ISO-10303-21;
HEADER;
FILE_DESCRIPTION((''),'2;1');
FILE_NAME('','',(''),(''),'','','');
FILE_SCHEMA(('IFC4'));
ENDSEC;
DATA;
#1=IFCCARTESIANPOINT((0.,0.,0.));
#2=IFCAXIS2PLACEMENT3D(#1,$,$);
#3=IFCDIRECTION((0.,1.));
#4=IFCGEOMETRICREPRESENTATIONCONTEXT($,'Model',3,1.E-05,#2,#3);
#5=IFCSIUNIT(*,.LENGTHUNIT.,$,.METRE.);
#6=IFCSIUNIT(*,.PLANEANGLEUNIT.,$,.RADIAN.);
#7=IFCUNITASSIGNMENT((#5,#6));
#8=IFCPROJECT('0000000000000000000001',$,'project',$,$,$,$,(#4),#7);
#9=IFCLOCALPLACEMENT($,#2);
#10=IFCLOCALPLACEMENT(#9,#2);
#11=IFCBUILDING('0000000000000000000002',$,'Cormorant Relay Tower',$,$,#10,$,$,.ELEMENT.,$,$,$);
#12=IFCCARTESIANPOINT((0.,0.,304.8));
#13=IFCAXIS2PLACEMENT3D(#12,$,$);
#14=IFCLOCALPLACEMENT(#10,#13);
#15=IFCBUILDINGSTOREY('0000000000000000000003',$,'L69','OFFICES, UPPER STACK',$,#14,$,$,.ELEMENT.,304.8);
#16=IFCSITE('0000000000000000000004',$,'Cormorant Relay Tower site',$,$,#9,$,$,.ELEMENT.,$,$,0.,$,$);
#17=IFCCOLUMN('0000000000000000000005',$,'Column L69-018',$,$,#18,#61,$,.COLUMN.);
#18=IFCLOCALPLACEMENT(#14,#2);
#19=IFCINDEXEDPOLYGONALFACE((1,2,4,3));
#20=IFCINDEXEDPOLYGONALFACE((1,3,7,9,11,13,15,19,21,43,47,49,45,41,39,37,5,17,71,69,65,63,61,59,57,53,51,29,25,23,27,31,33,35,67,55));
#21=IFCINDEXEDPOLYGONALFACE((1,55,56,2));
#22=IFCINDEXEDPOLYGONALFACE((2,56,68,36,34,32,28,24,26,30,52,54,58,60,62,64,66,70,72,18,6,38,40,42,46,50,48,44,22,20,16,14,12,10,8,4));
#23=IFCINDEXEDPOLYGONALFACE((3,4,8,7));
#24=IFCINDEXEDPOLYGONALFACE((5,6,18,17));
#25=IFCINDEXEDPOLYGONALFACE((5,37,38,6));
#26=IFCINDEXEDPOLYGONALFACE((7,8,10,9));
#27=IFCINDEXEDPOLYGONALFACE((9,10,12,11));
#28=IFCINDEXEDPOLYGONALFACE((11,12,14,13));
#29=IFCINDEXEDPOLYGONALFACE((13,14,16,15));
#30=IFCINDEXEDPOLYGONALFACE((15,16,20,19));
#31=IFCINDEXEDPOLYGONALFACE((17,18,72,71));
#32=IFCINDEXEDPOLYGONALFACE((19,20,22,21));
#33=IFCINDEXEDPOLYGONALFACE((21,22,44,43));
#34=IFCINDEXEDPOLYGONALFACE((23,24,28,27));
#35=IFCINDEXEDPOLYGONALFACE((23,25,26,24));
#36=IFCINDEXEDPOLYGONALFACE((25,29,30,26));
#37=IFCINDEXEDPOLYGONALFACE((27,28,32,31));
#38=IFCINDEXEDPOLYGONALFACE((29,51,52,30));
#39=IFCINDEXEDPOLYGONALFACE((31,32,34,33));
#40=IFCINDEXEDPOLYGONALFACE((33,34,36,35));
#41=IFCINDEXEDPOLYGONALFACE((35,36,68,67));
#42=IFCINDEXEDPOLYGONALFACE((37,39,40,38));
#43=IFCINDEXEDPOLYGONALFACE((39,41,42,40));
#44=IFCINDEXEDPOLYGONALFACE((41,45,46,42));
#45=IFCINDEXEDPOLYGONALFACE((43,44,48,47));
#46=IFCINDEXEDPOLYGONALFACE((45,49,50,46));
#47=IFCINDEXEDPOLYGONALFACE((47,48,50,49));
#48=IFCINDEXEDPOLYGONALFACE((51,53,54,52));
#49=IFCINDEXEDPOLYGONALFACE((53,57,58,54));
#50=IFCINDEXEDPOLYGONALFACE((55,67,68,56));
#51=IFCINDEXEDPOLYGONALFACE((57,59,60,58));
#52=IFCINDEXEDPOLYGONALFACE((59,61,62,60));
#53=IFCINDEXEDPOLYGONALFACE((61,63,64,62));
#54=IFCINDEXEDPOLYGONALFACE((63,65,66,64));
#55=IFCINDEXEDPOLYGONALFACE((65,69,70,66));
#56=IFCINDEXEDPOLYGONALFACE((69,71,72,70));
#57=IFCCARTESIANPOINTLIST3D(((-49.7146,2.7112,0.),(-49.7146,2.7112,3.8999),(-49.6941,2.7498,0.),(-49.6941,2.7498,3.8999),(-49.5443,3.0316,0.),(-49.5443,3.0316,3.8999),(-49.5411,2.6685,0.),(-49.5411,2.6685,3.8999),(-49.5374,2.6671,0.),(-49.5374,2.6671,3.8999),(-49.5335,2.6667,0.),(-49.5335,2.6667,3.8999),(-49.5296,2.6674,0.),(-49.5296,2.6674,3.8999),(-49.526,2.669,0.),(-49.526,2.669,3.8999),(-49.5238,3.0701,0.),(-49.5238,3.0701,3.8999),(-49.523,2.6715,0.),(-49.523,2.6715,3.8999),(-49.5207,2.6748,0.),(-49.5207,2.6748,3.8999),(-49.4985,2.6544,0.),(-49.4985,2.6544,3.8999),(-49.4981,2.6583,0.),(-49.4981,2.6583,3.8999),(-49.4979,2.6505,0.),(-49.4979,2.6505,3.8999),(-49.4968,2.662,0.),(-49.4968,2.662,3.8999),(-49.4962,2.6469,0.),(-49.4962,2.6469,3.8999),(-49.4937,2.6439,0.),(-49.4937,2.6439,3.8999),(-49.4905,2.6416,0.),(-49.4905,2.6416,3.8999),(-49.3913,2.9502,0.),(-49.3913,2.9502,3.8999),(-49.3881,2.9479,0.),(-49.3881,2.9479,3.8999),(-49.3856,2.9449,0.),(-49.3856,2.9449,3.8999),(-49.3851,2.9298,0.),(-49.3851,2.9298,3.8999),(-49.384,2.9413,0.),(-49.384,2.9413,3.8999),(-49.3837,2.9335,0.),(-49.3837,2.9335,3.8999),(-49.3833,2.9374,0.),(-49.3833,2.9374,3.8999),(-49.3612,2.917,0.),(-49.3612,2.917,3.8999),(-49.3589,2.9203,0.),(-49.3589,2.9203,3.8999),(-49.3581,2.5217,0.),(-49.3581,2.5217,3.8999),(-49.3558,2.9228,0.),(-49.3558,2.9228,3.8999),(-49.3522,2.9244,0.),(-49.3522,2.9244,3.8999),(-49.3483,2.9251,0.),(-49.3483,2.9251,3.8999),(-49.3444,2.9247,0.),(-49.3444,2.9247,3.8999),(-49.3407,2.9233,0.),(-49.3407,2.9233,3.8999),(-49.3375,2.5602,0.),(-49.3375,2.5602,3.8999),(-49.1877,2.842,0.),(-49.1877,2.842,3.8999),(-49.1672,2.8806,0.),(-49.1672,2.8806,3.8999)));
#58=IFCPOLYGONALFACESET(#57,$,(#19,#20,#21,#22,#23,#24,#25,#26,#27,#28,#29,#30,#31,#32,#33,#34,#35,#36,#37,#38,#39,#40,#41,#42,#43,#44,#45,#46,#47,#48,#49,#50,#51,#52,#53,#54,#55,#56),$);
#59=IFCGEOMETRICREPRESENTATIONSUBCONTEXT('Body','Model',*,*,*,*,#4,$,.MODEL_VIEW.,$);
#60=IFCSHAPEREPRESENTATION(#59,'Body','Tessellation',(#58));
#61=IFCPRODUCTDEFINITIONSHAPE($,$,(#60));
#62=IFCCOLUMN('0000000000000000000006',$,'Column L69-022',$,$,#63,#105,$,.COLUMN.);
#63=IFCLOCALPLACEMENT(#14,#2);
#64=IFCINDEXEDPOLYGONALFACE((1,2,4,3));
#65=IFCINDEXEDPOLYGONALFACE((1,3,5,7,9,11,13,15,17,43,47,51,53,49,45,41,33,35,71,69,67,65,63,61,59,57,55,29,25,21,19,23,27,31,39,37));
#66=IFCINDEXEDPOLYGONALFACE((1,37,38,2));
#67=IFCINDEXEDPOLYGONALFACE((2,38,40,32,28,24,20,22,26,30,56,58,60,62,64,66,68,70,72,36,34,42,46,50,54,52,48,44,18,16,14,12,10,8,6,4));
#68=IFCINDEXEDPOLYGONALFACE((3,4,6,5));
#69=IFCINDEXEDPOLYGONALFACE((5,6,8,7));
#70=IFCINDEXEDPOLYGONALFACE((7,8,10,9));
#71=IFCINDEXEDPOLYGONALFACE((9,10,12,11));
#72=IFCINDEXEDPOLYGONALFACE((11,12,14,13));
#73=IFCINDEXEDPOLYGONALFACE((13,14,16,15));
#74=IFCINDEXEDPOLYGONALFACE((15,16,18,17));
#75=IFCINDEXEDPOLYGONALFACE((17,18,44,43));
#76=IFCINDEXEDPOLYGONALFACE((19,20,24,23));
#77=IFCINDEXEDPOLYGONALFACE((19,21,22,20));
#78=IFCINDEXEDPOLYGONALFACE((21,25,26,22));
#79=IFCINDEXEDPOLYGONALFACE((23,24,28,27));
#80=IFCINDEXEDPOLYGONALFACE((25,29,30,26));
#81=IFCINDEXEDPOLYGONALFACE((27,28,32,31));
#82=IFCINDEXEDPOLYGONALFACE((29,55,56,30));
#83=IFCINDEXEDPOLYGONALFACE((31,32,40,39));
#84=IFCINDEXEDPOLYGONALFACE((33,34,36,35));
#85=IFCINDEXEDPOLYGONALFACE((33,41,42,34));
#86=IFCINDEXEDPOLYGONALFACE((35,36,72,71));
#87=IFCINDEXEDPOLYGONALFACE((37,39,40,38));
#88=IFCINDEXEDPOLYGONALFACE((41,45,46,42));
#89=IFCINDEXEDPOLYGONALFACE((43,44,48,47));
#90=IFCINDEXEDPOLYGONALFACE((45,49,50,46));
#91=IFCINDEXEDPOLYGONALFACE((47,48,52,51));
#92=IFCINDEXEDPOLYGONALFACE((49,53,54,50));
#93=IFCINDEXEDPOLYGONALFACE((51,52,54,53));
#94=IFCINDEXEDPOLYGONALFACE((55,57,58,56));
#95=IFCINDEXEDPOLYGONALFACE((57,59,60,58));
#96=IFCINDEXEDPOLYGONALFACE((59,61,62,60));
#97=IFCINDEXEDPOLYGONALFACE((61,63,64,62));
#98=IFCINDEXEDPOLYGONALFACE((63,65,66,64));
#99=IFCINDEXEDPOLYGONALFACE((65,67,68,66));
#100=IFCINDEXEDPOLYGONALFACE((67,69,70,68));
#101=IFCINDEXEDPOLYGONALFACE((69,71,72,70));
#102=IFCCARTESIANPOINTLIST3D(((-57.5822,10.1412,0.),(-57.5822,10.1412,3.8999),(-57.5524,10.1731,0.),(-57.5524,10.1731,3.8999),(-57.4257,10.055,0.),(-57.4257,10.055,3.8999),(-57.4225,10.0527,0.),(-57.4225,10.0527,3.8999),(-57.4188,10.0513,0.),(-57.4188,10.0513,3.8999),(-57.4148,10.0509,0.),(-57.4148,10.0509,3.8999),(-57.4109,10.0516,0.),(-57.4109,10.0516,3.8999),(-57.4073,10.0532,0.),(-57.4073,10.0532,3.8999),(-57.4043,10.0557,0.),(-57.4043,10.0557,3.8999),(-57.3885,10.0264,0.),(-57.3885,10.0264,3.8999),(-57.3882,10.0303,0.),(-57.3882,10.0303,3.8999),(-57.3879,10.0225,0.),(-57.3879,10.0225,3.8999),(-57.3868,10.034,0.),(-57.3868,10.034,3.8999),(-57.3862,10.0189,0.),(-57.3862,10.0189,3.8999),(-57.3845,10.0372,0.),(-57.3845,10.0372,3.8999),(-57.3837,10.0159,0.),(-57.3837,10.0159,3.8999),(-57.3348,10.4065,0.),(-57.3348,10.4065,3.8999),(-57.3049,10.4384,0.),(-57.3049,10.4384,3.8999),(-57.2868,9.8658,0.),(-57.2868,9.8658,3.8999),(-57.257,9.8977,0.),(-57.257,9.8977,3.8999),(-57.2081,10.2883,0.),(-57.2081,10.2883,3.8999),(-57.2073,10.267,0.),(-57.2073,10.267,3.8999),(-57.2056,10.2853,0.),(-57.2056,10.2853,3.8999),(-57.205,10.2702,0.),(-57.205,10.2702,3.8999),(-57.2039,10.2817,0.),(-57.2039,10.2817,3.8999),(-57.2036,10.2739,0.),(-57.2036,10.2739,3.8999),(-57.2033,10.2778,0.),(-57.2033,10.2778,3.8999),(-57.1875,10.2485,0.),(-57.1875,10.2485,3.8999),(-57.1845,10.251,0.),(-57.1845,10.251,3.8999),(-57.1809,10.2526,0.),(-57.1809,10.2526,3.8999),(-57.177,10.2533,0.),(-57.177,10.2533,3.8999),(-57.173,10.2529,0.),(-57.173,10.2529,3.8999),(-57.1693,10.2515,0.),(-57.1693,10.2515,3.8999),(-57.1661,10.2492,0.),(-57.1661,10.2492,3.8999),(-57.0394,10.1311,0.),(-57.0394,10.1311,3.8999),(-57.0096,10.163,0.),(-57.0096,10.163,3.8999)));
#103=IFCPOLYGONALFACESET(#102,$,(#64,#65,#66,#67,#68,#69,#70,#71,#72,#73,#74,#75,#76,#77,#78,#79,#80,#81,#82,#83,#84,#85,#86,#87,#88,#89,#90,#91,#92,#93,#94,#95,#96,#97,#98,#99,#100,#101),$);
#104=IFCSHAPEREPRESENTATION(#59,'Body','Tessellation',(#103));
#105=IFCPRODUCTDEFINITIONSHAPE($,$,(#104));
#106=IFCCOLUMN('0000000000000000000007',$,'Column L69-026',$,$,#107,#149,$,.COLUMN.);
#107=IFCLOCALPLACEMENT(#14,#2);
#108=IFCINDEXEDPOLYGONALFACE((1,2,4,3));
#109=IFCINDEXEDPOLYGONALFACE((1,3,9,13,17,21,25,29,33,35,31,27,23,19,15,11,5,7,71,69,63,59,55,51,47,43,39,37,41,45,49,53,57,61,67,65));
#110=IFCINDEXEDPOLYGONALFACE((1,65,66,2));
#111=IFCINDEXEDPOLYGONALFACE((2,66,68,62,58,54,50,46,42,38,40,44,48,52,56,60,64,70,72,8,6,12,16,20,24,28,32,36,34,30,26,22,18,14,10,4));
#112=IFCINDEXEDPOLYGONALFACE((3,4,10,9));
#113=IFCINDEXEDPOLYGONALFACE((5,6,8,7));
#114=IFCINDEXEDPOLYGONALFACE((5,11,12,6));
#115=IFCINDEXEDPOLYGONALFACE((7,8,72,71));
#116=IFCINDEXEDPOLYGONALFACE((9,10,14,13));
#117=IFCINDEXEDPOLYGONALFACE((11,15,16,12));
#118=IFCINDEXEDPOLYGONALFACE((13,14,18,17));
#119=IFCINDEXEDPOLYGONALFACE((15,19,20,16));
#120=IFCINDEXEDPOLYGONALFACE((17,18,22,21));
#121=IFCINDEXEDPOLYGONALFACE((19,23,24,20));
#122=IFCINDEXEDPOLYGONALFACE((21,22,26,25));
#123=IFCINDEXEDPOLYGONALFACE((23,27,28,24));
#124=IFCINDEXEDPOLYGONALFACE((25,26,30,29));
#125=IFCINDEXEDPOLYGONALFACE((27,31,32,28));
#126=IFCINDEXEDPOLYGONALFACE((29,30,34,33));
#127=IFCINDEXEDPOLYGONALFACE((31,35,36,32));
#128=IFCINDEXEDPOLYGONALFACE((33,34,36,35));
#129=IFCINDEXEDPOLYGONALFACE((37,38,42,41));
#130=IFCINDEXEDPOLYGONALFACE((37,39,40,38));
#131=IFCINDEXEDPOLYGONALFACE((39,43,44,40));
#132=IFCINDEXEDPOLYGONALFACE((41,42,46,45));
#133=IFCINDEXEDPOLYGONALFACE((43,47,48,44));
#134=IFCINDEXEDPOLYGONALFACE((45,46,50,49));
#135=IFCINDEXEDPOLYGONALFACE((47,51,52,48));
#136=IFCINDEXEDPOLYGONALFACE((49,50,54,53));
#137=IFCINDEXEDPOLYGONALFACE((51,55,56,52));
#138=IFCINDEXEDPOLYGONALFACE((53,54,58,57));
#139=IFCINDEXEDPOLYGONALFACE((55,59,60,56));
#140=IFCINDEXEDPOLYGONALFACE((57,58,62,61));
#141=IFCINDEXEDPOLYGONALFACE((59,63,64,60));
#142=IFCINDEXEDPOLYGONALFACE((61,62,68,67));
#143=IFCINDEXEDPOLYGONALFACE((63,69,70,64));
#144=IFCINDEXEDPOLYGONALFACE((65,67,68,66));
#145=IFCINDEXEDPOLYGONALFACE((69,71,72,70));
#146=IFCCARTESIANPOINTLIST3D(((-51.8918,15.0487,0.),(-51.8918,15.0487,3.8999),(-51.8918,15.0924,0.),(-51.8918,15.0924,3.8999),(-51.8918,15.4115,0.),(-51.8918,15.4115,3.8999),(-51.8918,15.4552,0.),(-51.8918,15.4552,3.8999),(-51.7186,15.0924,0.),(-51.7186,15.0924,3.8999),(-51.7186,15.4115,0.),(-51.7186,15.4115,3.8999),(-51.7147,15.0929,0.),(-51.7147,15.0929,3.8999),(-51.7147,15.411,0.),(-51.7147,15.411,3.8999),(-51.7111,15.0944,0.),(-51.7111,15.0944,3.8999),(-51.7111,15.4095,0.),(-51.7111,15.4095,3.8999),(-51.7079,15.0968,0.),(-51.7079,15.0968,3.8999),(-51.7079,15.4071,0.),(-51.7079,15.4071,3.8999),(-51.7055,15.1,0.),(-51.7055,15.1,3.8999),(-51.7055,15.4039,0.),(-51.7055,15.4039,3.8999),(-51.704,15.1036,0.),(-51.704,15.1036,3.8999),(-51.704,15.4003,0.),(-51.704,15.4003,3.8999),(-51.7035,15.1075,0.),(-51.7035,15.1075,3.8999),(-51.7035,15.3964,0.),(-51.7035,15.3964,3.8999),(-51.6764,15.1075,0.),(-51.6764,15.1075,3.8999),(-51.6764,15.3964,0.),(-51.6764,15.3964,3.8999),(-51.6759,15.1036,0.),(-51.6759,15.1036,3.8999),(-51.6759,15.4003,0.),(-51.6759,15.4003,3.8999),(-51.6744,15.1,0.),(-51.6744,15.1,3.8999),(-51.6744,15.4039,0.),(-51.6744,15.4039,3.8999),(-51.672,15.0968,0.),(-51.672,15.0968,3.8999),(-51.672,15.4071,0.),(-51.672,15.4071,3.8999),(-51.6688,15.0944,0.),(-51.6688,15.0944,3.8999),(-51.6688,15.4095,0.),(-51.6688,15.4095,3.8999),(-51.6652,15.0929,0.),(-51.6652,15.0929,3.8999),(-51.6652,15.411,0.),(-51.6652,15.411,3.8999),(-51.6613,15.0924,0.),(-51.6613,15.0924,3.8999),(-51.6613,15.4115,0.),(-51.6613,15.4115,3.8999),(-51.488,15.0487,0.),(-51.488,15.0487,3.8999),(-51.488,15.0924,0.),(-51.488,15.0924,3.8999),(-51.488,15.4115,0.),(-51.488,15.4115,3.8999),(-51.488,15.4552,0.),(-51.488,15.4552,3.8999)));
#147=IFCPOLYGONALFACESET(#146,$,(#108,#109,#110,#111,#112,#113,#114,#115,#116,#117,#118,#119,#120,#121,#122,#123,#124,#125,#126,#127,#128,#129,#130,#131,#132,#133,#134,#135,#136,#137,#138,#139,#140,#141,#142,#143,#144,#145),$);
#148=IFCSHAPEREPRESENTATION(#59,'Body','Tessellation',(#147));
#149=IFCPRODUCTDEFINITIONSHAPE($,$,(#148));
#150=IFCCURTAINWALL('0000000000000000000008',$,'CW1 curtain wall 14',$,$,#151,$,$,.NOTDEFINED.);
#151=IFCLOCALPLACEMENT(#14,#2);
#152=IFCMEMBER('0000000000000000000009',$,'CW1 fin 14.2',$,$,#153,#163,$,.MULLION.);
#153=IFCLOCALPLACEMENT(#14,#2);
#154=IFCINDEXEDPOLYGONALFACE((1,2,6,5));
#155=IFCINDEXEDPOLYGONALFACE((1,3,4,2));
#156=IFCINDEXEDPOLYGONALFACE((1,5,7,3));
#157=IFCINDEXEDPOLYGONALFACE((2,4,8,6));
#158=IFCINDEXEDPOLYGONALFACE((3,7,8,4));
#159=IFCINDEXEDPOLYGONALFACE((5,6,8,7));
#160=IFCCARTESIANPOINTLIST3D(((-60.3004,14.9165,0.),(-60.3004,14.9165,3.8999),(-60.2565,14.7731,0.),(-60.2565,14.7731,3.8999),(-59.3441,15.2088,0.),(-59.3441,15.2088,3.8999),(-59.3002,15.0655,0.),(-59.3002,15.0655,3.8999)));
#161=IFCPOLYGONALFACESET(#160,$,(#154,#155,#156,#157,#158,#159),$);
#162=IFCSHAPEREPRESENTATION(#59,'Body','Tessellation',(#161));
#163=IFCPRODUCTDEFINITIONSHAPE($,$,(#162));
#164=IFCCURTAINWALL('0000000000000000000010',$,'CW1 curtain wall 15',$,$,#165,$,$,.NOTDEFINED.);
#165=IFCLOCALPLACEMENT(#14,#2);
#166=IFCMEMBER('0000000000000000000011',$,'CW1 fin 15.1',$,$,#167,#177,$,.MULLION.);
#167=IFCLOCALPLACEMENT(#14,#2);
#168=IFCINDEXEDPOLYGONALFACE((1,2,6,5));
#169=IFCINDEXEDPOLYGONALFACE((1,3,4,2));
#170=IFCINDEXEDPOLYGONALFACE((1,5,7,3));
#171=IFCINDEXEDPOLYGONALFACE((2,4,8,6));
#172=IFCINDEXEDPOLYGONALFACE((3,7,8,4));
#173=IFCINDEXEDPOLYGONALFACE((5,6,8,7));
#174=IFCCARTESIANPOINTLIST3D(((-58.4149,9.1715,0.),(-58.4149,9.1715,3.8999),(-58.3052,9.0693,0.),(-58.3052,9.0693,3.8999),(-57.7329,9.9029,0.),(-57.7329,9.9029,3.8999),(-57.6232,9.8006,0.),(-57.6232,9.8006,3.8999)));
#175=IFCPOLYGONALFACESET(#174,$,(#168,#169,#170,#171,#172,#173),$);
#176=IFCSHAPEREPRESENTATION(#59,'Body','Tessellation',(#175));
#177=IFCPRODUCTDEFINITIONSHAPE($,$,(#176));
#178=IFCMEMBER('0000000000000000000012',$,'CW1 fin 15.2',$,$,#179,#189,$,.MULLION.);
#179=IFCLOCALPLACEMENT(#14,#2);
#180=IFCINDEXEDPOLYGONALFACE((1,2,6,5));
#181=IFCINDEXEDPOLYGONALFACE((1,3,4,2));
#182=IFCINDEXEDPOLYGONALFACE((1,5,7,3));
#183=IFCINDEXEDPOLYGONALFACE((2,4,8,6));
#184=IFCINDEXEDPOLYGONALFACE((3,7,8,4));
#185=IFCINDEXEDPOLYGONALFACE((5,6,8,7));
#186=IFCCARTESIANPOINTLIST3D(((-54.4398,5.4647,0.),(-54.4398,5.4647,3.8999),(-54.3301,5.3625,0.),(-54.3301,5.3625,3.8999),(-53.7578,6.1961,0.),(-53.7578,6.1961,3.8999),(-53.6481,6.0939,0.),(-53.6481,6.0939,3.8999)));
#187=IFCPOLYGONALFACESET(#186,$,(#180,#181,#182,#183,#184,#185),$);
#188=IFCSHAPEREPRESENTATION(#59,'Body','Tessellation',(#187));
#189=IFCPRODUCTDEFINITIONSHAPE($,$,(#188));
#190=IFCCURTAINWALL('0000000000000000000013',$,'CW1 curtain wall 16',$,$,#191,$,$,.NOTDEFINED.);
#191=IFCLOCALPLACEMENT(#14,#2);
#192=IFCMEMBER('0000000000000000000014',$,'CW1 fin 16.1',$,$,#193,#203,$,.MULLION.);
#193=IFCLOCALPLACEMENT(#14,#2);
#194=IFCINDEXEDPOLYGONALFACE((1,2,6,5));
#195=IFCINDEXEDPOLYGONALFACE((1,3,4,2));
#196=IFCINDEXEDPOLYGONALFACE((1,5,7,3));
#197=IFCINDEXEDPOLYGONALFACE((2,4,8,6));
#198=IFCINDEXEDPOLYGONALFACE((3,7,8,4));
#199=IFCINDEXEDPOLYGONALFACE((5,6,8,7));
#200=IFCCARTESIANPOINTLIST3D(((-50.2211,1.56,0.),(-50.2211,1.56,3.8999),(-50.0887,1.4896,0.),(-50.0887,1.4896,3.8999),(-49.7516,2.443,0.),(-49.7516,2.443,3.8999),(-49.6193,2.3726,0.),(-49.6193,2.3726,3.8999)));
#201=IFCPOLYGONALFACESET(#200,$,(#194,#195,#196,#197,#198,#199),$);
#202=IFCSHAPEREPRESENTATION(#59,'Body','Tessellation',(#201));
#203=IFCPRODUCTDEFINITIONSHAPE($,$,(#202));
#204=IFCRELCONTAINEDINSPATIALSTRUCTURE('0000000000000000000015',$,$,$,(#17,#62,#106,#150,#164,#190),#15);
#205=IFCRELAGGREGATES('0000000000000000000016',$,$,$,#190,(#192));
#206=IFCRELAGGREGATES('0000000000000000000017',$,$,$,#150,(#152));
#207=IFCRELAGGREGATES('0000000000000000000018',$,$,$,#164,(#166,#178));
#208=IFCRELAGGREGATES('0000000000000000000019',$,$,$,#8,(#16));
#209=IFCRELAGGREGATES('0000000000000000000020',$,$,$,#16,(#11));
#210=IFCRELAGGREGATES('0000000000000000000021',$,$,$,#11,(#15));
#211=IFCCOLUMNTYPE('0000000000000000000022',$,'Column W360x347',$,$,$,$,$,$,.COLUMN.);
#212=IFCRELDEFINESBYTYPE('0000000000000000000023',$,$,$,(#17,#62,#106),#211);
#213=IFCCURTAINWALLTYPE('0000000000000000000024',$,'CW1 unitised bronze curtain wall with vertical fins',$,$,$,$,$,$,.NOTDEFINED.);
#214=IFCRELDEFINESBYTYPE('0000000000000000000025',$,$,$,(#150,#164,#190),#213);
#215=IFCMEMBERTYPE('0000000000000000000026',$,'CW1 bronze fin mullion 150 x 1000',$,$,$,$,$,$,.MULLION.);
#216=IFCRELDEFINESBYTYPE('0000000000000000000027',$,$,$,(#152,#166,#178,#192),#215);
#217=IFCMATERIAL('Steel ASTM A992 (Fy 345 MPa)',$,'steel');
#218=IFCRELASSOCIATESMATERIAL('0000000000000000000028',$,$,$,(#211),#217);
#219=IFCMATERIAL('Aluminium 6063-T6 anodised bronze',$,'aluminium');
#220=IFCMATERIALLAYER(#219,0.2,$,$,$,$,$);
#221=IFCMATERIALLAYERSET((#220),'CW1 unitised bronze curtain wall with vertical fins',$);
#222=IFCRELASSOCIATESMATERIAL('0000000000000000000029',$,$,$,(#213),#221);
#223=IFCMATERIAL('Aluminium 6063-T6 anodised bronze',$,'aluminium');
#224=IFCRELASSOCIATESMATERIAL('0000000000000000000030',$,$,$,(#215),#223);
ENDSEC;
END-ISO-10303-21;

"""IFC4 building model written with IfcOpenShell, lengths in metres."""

from ifc_helpers import new_model, si_unit, direction, frame, origin, origin_2d, place, context, subcontext, project, spatial, rectangle, i_section, extrude, material, layer, layer_set, material_profile, profile_set, type_object, element, aggregate, save


model = new_model("IFC4")

# Units and contexts
model_context = context("Model", 3, precision=1e-05, world=origin(), true_north=direction((0.0, 1.0)))
body_context = subcontext(model_context, "Body", "Model", "MODEL_VIEW")
ifc_project = project(units=[si_unit("LENGTHUNIT", "METRE"), si_unit("PLANEANGLEUNIT", "RADIAN")], contexts=[model_context])

# Site, building, storey
site_placement = place(None, origin())
site = spatial("IfcSite", under=ifc_project, at=site_placement, Name="Cormorant Relay Tower site", CompositionType="ELEMENT", RefElevation=0.0)
building_placement = place(site_placement, origin())
building = spatial("IfcBuilding", under=site, at=building_placement, Name="Cormorant Relay Tower", CompositionType="ELEMENT")
storey_placement = place(building_placement, frame((0.0, 0.0, 304.8)))
storey = spatial("IfcBuildingStorey", under=building, at=storey_placement, Name="L69", Description="OFFICES, UPPER STACK", CompositionType="ELEMENT", Elevation=304.8)

# Columns
ifc_material_1 = material(Name="Steel ASTM A992 (Fy 345 MPa)", Category="steel")
ifc_material_profile_1 = material_profile(ifc_material_1, i_section(OverallWidth=0.4038, OverallDepth=0.4065, WebThickness=0.0271, FlangeThickness=0.0437, FilletRadius=0.0151, at=origin_2d()), Name="W360x347")
ifc_profile_set_1 = profile_set([ifc_material_profile_1], Name="Steel ASTM A992 (Fy 345 MPa)")
column_type = type_object("IfcColumnType", Name="Column W360x347", PredefinedType="COLUMN", material=ifc_profile_set_1)
for number, where, z_axis, x_axis, name in (
    (1, (-49.4409, 2.7959, 0.0), (0.0, 0.0, 1.0), (0.882948, -0.469472, 0.0), "Column L69-018"),
    (2, (-57.2959, 10.1521, 0.0), (0.0, 0.0, 1.0), (0.731354, -0.681998, 0.0), "Column L69-022"),
    (3, (-51.6899, 15.252, 0.0), (0.0, 0.0, 1.0), (1.0, 0.0, 0.0), "Column L69-026"),
):
    element("IfcColumn", number, at=place(storey_placement, frame(where, z_axis=z_axis, x_axis=x_axis)), inside=storey, type_object=column_type, Name=name, PredefinedType="COLUMN", context=body_context, shape_type="SweptSolid", body=[
        extrude(i_section(OverallWidth=0.4038, OverallDepth=0.4065, WebThickness=0.0271, FlangeThickness=0.0437, FilletRadius=0.0151, at=origin_2d()), origin(), (0.0, 0.0, 1.0), 3.8999),
    ])

# Curtain wall, member
ifc_material_2 = material(Name="Aluminium 6063-T6 anodised bronze", Category="aluminium")
ifc_layer_1 = layer(ifc_material_2, 0.2)
ifc_layer_set_1 = layer_set([ifc_layer_1], Name="CW1 unitised bronze curtain wall with vertical fins")
curtain_wall_type = type_object("IfcCurtainWallType", Name="CW1 unitised bronze curtain wall with vertical fins", PredefinedType="NOTDEFINED", material=ifc_layer_set_1)
curtain_wall_1_placement = place(storey_placement, origin())
curtain_wall_1 = element("IfcCurtainWall", 4, at=curtain_wall_1_placement, inside=storey, type_object=curtain_wall_type, Name="CW1 curtain wall 14", PredefinedType="NOTDEFINED")
ifc_material_3 = material(Name="Aluminium 6063-T6 anodised bronze", Category="aluminium")
ifc_material_profile_2 = material_profile(ifc_material_3, rectangle(XDim=0.1499, YDim=1.0, at=origin_2d()), Name="AL 150x1000")
ifc_profile_set_2 = profile_set([ifc_material_profile_2], Name="Aluminium 6063-T6 anodised bronze")
member_type_1 = type_object("IfcMemberType", Name="CW1 bronze fin mullion 150 x 1000", PredefinedType="MULLION", material=ifc_profile_set_2)
member_1_placement = place(storey_placement, frame((-59.8003, 14.991, 0.0), z_axis=(0.0, 0.0, 1.0), x_axis=(0.292372, -0.956305, 0.0)))
member_1 = element("IfcMember", 5, at=member_1_placement, type_object=member_type_1, Name="CW1 fin 14.2", PredefinedType="MULLION", context=body_context, shape_type="SweptSolid", body=[
    extrude(rectangle(XDim=0.1499, YDim=1.0, at=origin_2d()), origin(), (0.0, 0.0, 1.0), 3.8999),
])

# Curtain wall, members
curtain_wall_2_placement = place(storey_placement, origin())
curtain_wall_2 = element("IfcCurtainWall", 6, at=curtain_wall_2_placement, inside=storey, type_object=curtain_wall_type, Name="CW1 curtain wall 15", PredefinedType="NOTDEFINED")
member_2_placement = place(storey_placement, frame((-58.019, 9.4861, 0.0), z_axis=(0.0, 0.0, 1.0), x_axis=(0.731354, -0.681998, 0.0)))
member_2 = element("IfcMember", 7, at=member_2_placement, type_object=member_type_1, Name="CW1 fin 15.1", PredefinedType="MULLION", context=body_context, shape_type="SweptSolid", body=[
    extrude(rectangle(XDim=0.1499, YDim=1.0, at=origin_2d()), origin(), (0.0, 0.0, 1.0), 3.8999),
])
member_3_placement = place(storey_placement, frame((-54.0439, 5.7793, 0.0), z_axis=(0.0, 0.0, 1.0), x_axis=(0.731354, -0.681998, 0.0)))
member_3 = element("IfcMember", 8, at=member_3_placement, type_object=member_type_1, Name="CW1 fin 15.2", PredefinedType="MULLION", context=body_context, shape_type="SweptSolid", body=[
    extrude(rectangle(XDim=0.1499, YDim=1.0, at=origin_2d()), origin(), (0.0, 0.0, 1.0), 3.8999),
])

# Curtain wall, member
curtain_wall_3_placement = place(storey_placement, origin())
curtain_wall_3 = element("IfcCurtainWall", 9, at=curtain_wall_3_placement, inside=storey, type_object=curtain_wall_type, Name="CW1 curtain wall 16", PredefinedType="NOTDEFINED")
member_4_placement = place(storey_placement, frame((-49.9202, 1.9663, 0.0), z_axis=(0.0, 0.0, 1.0), x_axis=(0.882948, -0.469472, 0.0)))
member_4 = element("IfcMember", 10, at=member_4_placement, type_object=member_type_1, Name="CW1 fin 16.1", PredefinedType="MULLION", context=body_context, shape_type="SweptSolid", body=[
    extrude(rectangle(XDim=0.1499, YDim=1.0, at=origin_2d()), origin(), (0.0, 0.0, 1.0), 3.8999),
])

aggregate(curtain_wall_3, [member_4])

aggregate(curtain_wall_1, [member_1])
aggregate(curtain_wall_2, [member_2, member_3])

save(model, "model.ifc")
